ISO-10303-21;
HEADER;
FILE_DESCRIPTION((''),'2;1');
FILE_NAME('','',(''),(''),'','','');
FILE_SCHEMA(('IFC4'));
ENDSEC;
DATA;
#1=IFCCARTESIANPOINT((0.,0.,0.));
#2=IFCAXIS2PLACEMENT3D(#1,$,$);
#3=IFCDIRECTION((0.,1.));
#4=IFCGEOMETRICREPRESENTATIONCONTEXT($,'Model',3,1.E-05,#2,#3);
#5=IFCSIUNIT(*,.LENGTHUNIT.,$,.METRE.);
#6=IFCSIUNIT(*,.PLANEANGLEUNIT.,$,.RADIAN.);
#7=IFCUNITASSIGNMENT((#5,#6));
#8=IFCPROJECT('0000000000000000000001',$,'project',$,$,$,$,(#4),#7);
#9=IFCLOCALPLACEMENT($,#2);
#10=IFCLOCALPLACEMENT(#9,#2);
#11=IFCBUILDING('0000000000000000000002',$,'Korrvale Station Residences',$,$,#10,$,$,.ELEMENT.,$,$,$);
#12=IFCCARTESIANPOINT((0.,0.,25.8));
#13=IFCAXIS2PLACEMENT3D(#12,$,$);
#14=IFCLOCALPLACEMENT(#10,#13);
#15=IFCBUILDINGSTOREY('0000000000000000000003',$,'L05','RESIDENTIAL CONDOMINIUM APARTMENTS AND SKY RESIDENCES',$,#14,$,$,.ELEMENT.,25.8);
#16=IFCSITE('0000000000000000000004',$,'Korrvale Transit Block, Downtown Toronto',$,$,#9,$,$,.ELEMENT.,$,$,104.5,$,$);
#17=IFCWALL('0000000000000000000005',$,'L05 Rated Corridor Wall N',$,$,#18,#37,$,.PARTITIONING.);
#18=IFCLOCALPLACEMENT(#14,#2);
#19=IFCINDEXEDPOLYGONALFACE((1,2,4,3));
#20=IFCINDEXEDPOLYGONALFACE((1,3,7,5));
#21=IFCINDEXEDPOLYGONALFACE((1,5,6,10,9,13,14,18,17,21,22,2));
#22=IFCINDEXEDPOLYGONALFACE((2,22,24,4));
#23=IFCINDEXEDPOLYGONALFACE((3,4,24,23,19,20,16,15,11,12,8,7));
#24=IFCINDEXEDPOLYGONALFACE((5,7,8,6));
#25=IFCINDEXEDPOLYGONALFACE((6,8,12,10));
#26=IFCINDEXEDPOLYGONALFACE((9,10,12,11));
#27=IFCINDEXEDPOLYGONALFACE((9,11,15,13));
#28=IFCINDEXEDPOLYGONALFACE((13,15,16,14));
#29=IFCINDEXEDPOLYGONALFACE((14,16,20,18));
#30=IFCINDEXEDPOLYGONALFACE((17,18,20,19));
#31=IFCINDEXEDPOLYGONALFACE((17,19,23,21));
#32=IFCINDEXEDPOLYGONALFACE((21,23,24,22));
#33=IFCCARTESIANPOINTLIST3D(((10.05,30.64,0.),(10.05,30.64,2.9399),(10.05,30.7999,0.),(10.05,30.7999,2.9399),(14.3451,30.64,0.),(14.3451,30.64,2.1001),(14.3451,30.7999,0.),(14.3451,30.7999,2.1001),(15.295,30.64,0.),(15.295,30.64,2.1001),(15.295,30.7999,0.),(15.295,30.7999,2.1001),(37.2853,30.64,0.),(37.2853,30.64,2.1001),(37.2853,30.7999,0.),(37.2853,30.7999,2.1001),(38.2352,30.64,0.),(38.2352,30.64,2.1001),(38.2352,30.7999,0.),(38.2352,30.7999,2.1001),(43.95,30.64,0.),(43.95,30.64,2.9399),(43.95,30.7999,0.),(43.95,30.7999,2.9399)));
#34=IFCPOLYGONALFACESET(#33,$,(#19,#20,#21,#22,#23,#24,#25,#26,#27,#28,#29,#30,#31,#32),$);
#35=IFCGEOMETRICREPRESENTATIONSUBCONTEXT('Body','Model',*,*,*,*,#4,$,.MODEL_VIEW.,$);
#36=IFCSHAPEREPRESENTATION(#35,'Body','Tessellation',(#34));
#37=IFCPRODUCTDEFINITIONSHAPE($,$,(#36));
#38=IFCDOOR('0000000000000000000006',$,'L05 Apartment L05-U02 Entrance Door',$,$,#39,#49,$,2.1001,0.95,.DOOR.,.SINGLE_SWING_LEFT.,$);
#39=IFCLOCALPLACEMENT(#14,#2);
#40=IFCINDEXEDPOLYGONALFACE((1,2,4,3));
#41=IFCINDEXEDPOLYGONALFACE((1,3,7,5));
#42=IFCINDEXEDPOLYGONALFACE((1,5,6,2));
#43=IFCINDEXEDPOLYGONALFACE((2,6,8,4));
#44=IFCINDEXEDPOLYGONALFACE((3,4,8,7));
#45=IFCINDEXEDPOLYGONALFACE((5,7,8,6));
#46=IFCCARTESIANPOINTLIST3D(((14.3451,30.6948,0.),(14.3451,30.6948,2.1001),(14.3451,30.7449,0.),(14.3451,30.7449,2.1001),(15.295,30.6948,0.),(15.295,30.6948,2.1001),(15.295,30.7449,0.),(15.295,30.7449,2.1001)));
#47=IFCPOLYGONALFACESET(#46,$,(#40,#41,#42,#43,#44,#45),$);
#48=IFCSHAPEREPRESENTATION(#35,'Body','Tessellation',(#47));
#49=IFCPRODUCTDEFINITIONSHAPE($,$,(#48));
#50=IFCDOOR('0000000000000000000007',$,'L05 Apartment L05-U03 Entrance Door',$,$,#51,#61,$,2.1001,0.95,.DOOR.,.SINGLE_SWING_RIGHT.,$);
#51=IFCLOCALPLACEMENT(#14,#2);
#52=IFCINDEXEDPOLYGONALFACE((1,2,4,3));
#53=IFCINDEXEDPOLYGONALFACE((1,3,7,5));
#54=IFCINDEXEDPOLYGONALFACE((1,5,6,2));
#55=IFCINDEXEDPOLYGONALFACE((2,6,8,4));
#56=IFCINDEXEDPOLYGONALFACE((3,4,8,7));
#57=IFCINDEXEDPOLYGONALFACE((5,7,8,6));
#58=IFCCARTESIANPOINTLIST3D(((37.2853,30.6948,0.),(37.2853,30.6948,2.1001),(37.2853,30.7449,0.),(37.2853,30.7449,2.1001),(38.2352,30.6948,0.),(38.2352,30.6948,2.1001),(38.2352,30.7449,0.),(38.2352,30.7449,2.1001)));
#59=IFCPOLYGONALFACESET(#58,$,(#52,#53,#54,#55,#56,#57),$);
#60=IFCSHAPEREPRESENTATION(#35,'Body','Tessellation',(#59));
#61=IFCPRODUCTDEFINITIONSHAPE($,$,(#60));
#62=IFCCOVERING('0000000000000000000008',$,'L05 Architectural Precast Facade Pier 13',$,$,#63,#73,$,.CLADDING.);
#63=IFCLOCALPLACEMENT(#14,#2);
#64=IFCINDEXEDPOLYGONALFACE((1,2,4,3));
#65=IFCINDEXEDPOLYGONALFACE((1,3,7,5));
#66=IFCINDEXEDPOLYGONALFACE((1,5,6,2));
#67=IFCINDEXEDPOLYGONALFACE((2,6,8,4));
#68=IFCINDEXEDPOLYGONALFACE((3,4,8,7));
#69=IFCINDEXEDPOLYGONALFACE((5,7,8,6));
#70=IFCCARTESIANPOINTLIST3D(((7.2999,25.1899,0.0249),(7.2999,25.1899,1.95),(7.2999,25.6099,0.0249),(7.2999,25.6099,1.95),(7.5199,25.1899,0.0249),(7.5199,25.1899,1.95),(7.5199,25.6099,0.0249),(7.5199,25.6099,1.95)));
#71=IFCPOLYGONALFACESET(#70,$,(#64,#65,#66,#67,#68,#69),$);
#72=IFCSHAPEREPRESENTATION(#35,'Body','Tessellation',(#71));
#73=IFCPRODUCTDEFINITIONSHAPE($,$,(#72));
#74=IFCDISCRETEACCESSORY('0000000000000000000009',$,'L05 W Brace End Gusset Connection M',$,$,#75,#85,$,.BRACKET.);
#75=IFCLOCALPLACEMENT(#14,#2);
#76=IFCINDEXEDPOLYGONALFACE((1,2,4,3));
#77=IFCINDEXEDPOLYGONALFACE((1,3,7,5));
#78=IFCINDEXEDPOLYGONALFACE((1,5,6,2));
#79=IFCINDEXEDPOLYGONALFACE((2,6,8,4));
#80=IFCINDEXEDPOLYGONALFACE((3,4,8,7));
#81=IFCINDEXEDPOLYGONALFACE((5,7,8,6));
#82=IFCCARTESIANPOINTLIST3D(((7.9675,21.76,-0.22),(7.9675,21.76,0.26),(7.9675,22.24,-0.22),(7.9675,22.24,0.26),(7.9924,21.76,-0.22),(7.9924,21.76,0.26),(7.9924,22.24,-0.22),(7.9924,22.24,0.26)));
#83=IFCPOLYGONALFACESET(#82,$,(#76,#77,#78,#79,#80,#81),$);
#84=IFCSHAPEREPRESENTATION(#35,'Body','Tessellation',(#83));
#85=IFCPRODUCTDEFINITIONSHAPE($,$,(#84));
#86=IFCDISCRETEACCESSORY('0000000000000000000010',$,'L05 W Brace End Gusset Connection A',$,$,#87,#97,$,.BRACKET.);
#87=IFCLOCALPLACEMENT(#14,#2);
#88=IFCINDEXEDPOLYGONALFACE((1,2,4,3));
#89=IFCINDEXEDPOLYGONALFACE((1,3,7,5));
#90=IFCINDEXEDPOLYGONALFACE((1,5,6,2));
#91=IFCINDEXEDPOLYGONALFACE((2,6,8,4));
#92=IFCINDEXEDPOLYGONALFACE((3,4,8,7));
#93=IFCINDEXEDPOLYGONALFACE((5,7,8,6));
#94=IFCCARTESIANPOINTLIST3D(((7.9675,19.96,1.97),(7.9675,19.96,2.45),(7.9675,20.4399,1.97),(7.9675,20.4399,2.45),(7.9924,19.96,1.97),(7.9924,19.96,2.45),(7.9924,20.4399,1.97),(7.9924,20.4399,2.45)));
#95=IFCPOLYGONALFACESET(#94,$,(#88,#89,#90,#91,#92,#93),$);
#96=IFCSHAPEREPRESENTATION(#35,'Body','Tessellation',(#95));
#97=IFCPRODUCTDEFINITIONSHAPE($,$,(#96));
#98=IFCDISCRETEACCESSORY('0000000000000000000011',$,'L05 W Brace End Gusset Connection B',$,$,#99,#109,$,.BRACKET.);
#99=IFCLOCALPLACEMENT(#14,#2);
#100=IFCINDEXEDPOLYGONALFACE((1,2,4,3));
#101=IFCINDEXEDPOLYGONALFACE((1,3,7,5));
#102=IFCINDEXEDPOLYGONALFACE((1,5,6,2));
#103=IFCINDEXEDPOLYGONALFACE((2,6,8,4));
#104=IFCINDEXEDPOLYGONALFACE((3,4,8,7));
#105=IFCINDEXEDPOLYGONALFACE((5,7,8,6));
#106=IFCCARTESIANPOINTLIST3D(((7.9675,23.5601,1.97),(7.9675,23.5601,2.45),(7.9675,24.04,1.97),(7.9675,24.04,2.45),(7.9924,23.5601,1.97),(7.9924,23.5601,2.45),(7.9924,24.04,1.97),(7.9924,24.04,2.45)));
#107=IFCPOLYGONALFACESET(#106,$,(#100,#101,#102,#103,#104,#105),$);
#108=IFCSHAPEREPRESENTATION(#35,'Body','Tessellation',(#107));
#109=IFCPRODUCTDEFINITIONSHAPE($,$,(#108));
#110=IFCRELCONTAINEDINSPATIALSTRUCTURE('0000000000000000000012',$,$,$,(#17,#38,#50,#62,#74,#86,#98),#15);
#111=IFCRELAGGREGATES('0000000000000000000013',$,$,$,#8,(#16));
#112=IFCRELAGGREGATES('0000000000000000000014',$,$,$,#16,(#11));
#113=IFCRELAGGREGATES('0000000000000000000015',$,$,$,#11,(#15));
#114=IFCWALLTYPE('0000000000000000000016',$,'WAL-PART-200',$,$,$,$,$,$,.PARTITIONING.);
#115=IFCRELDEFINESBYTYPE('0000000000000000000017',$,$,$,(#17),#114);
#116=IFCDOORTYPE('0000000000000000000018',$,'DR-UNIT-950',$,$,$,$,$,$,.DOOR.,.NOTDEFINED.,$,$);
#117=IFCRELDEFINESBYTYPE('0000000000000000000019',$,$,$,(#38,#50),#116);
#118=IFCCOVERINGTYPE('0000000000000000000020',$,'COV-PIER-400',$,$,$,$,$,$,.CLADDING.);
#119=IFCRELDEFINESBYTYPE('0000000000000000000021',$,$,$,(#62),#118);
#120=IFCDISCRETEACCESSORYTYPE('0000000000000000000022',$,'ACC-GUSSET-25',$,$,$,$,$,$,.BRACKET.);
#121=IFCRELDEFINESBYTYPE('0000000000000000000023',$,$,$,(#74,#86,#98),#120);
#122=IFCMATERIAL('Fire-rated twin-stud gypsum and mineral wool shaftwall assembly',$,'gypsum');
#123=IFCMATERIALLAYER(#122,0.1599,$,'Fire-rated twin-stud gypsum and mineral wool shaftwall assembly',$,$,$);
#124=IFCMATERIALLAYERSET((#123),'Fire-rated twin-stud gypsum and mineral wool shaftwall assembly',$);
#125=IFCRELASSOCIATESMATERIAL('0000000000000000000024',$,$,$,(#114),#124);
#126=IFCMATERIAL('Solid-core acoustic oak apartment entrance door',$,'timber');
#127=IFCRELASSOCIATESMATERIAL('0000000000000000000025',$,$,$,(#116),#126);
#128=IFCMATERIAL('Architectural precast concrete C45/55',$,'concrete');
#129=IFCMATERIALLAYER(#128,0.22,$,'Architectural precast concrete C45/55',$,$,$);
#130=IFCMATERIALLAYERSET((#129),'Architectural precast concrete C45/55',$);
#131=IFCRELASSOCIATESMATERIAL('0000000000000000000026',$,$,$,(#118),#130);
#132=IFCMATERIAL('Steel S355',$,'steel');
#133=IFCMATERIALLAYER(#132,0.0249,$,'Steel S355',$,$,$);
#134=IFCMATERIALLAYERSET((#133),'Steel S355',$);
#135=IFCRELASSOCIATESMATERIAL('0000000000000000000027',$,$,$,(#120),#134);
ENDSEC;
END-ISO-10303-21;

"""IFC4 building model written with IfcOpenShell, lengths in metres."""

from ifc_helpers import new_model, si_unit, direction, frame, frame_2d, origin, origin_2d, place, context, subcontext, project, spatial, rectangle, extrude, material, layer, layer_set, type_object, element, fill, save


model = new_model("IFC4")

# Units and contexts
model_context = context("Model", 3, precision=1e-05, world=origin(), true_north=direction((0.0, 1.0)))
body_context = subcontext(model_context, "Body", "Model", "MODEL_VIEW")
ifc_project = project(units=[si_unit("LENGTHUNIT", "METRE"), si_unit("PLANEANGLEUNIT", "RADIAN")], contexts=[model_context])

# Site, building, storey
site_placement = place(None, origin())
site = spatial("IfcSite", under=ifc_project, at=site_placement, Name="Korrvale Transit Block, Downtown Toronto", CompositionType="ELEMENT", RefElevation=104.5)
building_placement = place(site_placement, origin())
building = spatial("IfcBuilding", under=site, at=building_placement, Name="Korrvale Station Residences", CompositionType="ELEMENT")
storey_placement = place(building_placement, frame((0.0, 0.0, 25.8)))
storey = spatial("IfcBuildingStorey", under=building, at=storey_placement, Name="L05", Description="RESIDENTIAL CONDOMINIUM APARTMENTS AND SKY RESIDENCES", CompositionType="ELEMENT", Elevation=25.8)

# Shared definitions
ifc_material_1 = material(Name="Steel S355", Category="steel")

# Shared definitions
ifc_material_2 = material(Name="Fire-rated twin-stud gypsum and mineral wool shaftwall assembly", Category="gypsum")
ifc_layer_1 = layer(ifc_material_2, 0.1599, Name="Fire-rated twin-stud gypsum and mineral wool shaftwall assembly")
ifc_layer_set_1 = layer_set([ifc_layer_1], Name="Fire-rated twin-stud gypsum and mineral wool shaftwall assembly")
wall_type_1 = type_object("IfcWallType", Name="WAL-PART-200", PredefinedType="PARTITIONING", material=ifc_layer_set_1)

# Wall, openings, doors
wall_1_placement = place(storey_placement, frame((10.05, 30.72, 0.0), z_axis=(0.0, 0.0, 1.0), x_axis=(1.0, 0.0, 0.0)))
wall_1 = element("IfcWall", 1, at=wall_1_placement, inside=storey, type_object=wall_type_1, Name="L05 Rated Corridor Wall N", PredefinedType="PARTITIONING", context=body_context, shape_type="SweptSolid", body=[
    extrude(rectangle(XDim=33.8999, YDim=0.1599, at=frame_2d((16.95, 0.0))), origin(), (0.0, 0.0, 1.0), 2.9399),
])
opening_1_placement = place(wall_1_placement, frame((4.2949, 0.0, 0.0)))
opening_1 = element("IfcOpeningElement", 2, at=opening_1_placement, cuts=wall_1, PredefinedType="OPENING", context=body_context, shape_type="SweptSolid", body=[
    extrude(rectangle(XDim=0.95, YDim=2.1001, at=frame_2d((0.4751, 1.05))), frame((0.0, 0.0898, 0.0), z_axis=(0.0, -1.0, 0.0), x_axis=(1.0, 0.0, 0.0)), (0.0, 0.0, 1.0), 0.1799),
])
opening_2_placement = place(wall_1_placement, frame((27.2351, 0.0, 0.0)))
opening_2 = element("IfcOpeningElement", 3, at=opening_2_placement, cuts=wall_1, PredefinedType="OPENING", context=body_context, shape_type="SweptSolid", body=[
    extrude(rectangle(XDim=0.95, YDim=2.1001, at=frame_2d((0.4751, 1.05))), frame((0.0, 0.0898, 0.0), z_axis=(0.0, -1.0, 0.0), x_axis=(1.0, 0.0, 0.0)), (0.0, 0.0, 1.0), 0.1799),
])
ifc_material_3 = material(Name="Solid-core acoustic oak apartment entrance door", Category="timber")
door_type_1 = type_object("IfcDoorType", Name="DR-UNIT-950", OperationType="NOTDEFINED", PredefinedType="DOOR", material=ifc_material_3)
door_1_placement = place(opening_1_placement, origin())
door_1 = element("IfcDoor", 4, at=door_1_placement, inside=storey, type_object=door_type_1, Name="L05 Apartment L05-U02 Entrance Door", OperationType="SINGLE_SWING_LEFT", OverallHeight=2.1001, OverallWidth=0.95, PredefinedType="DOOR", context=body_context, shape_type="SweptSolid", body=[
    extrude(rectangle(XDim=0.95, YDim=2.1001, at=frame_2d((0.4751, 1.05))), frame((0.0, 0.0249, 0.0), z_axis=(0.0, -1.0, 0.0), x_axis=(1.0, 0.0, 0.0)), (0.0, 0.0, 1.0), 0.05),
])
fill(opening_1, door_1)
door_2_placement = place(opening_2_placement, origin())
door_2 = element("IfcDoor", 5, at=door_2_placement, inside=storey, type_object=door_type_1, Name="L05 Apartment L05-U03 Entrance Door", OperationType="SINGLE_SWING_RIGHT", OverallHeight=2.1001, OverallWidth=0.95, PredefinedType="DOOR", context=body_context, shape_type="SweptSolid", body=[
    extrude(rectangle(XDim=0.95, YDim=2.1001, at=frame_2d((0.4751, 1.05))), frame((0.0, 0.0249, 0.0), z_axis=(0.0, -1.0, 0.0), x_axis=(1.0, 0.0, 0.0)), (0.0, 0.0, 1.0), 0.05),
])
fill(opening_2, door_2)

# Covering
ifc_material_4 = material(Name="Architectural precast concrete C45/55", Category="concrete")
ifc_layer_2 = layer(ifc_material_4, 0.22, Name="Architectural precast concrete C45/55")
ifc_layer_set_2 = layer_set([ifc_layer_2], Name="Architectural precast concrete C45/55")
covering_type = type_object("IfcCoveringType", Name="COV-PIER-400", PredefinedType="CLADDING", material=ifc_layer_set_2)
covering_placement = place(storey_placement, frame((7.4099, 25.3999, 0.0249), z_axis=(0.0, 0.0, 1.0), x_axis=(0.0, 1.0, 0.0)))
element("IfcCovering", 6, at=covering_placement, inside=storey, type_object=covering_type, Name="L05 Architectural Precast Facade Pier 13", PredefinedType="CLADDING", context=body_context, shape_type="SweptSolid", body=[
    extrude(rectangle(XDim=0.4199, YDim=0.22, at=origin_2d()), origin(), (0.0, 0.0, 1.0), 1.925),
])

# Discrete accessories
ifc_layer_3 = layer(ifc_material_1, 0.0249, Name="Steel S355")
ifc_layer_set_3 = layer_set([ifc_layer_3], Name="Steel S355")
discrete_accessory_type = type_object("IfcDiscreteAccessoryType", Name="ACC-GUSSET-25", PredefinedType="BRACKET", material=ifc_layer_set_3)
for number, where, z_axis, x_axis, name in (
    (7, (7.98, 22.0, -0.22), (0.0, 0.0, 1.0), (0.0, 1.0, 0.0), "L05 W Brace End Gusset Connection M"),
    (8, (7.98, 20.2, 1.97), (0.0, 0.0, 1.0), (0.0, 1.0, 0.0), "L05 W Brace End Gusset Connection A"),
    (9, (7.98, 23.8, 1.97), (0.0, 0.0, 1.0), (0.0, 1.0, 0.0), "L05 W Brace End Gusset Connection B"),
):
    element("IfcDiscreteAccessory", number, at=place(storey_placement, frame(where, z_axis=z_axis, x_axis=x_axis)), inside=storey, type_object=discrete_accessory_type, Name=name, PredefinedType="BRACKET", context=body_context, shape_type="SweptSolid", body=[
        extrude(rectangle(XDim=0.48, YDim=0.0249, at=origin_2d()), origin(), (0.0, 0.0, 1.0), 0.48),
    ])

save(model, "model.ifc")
